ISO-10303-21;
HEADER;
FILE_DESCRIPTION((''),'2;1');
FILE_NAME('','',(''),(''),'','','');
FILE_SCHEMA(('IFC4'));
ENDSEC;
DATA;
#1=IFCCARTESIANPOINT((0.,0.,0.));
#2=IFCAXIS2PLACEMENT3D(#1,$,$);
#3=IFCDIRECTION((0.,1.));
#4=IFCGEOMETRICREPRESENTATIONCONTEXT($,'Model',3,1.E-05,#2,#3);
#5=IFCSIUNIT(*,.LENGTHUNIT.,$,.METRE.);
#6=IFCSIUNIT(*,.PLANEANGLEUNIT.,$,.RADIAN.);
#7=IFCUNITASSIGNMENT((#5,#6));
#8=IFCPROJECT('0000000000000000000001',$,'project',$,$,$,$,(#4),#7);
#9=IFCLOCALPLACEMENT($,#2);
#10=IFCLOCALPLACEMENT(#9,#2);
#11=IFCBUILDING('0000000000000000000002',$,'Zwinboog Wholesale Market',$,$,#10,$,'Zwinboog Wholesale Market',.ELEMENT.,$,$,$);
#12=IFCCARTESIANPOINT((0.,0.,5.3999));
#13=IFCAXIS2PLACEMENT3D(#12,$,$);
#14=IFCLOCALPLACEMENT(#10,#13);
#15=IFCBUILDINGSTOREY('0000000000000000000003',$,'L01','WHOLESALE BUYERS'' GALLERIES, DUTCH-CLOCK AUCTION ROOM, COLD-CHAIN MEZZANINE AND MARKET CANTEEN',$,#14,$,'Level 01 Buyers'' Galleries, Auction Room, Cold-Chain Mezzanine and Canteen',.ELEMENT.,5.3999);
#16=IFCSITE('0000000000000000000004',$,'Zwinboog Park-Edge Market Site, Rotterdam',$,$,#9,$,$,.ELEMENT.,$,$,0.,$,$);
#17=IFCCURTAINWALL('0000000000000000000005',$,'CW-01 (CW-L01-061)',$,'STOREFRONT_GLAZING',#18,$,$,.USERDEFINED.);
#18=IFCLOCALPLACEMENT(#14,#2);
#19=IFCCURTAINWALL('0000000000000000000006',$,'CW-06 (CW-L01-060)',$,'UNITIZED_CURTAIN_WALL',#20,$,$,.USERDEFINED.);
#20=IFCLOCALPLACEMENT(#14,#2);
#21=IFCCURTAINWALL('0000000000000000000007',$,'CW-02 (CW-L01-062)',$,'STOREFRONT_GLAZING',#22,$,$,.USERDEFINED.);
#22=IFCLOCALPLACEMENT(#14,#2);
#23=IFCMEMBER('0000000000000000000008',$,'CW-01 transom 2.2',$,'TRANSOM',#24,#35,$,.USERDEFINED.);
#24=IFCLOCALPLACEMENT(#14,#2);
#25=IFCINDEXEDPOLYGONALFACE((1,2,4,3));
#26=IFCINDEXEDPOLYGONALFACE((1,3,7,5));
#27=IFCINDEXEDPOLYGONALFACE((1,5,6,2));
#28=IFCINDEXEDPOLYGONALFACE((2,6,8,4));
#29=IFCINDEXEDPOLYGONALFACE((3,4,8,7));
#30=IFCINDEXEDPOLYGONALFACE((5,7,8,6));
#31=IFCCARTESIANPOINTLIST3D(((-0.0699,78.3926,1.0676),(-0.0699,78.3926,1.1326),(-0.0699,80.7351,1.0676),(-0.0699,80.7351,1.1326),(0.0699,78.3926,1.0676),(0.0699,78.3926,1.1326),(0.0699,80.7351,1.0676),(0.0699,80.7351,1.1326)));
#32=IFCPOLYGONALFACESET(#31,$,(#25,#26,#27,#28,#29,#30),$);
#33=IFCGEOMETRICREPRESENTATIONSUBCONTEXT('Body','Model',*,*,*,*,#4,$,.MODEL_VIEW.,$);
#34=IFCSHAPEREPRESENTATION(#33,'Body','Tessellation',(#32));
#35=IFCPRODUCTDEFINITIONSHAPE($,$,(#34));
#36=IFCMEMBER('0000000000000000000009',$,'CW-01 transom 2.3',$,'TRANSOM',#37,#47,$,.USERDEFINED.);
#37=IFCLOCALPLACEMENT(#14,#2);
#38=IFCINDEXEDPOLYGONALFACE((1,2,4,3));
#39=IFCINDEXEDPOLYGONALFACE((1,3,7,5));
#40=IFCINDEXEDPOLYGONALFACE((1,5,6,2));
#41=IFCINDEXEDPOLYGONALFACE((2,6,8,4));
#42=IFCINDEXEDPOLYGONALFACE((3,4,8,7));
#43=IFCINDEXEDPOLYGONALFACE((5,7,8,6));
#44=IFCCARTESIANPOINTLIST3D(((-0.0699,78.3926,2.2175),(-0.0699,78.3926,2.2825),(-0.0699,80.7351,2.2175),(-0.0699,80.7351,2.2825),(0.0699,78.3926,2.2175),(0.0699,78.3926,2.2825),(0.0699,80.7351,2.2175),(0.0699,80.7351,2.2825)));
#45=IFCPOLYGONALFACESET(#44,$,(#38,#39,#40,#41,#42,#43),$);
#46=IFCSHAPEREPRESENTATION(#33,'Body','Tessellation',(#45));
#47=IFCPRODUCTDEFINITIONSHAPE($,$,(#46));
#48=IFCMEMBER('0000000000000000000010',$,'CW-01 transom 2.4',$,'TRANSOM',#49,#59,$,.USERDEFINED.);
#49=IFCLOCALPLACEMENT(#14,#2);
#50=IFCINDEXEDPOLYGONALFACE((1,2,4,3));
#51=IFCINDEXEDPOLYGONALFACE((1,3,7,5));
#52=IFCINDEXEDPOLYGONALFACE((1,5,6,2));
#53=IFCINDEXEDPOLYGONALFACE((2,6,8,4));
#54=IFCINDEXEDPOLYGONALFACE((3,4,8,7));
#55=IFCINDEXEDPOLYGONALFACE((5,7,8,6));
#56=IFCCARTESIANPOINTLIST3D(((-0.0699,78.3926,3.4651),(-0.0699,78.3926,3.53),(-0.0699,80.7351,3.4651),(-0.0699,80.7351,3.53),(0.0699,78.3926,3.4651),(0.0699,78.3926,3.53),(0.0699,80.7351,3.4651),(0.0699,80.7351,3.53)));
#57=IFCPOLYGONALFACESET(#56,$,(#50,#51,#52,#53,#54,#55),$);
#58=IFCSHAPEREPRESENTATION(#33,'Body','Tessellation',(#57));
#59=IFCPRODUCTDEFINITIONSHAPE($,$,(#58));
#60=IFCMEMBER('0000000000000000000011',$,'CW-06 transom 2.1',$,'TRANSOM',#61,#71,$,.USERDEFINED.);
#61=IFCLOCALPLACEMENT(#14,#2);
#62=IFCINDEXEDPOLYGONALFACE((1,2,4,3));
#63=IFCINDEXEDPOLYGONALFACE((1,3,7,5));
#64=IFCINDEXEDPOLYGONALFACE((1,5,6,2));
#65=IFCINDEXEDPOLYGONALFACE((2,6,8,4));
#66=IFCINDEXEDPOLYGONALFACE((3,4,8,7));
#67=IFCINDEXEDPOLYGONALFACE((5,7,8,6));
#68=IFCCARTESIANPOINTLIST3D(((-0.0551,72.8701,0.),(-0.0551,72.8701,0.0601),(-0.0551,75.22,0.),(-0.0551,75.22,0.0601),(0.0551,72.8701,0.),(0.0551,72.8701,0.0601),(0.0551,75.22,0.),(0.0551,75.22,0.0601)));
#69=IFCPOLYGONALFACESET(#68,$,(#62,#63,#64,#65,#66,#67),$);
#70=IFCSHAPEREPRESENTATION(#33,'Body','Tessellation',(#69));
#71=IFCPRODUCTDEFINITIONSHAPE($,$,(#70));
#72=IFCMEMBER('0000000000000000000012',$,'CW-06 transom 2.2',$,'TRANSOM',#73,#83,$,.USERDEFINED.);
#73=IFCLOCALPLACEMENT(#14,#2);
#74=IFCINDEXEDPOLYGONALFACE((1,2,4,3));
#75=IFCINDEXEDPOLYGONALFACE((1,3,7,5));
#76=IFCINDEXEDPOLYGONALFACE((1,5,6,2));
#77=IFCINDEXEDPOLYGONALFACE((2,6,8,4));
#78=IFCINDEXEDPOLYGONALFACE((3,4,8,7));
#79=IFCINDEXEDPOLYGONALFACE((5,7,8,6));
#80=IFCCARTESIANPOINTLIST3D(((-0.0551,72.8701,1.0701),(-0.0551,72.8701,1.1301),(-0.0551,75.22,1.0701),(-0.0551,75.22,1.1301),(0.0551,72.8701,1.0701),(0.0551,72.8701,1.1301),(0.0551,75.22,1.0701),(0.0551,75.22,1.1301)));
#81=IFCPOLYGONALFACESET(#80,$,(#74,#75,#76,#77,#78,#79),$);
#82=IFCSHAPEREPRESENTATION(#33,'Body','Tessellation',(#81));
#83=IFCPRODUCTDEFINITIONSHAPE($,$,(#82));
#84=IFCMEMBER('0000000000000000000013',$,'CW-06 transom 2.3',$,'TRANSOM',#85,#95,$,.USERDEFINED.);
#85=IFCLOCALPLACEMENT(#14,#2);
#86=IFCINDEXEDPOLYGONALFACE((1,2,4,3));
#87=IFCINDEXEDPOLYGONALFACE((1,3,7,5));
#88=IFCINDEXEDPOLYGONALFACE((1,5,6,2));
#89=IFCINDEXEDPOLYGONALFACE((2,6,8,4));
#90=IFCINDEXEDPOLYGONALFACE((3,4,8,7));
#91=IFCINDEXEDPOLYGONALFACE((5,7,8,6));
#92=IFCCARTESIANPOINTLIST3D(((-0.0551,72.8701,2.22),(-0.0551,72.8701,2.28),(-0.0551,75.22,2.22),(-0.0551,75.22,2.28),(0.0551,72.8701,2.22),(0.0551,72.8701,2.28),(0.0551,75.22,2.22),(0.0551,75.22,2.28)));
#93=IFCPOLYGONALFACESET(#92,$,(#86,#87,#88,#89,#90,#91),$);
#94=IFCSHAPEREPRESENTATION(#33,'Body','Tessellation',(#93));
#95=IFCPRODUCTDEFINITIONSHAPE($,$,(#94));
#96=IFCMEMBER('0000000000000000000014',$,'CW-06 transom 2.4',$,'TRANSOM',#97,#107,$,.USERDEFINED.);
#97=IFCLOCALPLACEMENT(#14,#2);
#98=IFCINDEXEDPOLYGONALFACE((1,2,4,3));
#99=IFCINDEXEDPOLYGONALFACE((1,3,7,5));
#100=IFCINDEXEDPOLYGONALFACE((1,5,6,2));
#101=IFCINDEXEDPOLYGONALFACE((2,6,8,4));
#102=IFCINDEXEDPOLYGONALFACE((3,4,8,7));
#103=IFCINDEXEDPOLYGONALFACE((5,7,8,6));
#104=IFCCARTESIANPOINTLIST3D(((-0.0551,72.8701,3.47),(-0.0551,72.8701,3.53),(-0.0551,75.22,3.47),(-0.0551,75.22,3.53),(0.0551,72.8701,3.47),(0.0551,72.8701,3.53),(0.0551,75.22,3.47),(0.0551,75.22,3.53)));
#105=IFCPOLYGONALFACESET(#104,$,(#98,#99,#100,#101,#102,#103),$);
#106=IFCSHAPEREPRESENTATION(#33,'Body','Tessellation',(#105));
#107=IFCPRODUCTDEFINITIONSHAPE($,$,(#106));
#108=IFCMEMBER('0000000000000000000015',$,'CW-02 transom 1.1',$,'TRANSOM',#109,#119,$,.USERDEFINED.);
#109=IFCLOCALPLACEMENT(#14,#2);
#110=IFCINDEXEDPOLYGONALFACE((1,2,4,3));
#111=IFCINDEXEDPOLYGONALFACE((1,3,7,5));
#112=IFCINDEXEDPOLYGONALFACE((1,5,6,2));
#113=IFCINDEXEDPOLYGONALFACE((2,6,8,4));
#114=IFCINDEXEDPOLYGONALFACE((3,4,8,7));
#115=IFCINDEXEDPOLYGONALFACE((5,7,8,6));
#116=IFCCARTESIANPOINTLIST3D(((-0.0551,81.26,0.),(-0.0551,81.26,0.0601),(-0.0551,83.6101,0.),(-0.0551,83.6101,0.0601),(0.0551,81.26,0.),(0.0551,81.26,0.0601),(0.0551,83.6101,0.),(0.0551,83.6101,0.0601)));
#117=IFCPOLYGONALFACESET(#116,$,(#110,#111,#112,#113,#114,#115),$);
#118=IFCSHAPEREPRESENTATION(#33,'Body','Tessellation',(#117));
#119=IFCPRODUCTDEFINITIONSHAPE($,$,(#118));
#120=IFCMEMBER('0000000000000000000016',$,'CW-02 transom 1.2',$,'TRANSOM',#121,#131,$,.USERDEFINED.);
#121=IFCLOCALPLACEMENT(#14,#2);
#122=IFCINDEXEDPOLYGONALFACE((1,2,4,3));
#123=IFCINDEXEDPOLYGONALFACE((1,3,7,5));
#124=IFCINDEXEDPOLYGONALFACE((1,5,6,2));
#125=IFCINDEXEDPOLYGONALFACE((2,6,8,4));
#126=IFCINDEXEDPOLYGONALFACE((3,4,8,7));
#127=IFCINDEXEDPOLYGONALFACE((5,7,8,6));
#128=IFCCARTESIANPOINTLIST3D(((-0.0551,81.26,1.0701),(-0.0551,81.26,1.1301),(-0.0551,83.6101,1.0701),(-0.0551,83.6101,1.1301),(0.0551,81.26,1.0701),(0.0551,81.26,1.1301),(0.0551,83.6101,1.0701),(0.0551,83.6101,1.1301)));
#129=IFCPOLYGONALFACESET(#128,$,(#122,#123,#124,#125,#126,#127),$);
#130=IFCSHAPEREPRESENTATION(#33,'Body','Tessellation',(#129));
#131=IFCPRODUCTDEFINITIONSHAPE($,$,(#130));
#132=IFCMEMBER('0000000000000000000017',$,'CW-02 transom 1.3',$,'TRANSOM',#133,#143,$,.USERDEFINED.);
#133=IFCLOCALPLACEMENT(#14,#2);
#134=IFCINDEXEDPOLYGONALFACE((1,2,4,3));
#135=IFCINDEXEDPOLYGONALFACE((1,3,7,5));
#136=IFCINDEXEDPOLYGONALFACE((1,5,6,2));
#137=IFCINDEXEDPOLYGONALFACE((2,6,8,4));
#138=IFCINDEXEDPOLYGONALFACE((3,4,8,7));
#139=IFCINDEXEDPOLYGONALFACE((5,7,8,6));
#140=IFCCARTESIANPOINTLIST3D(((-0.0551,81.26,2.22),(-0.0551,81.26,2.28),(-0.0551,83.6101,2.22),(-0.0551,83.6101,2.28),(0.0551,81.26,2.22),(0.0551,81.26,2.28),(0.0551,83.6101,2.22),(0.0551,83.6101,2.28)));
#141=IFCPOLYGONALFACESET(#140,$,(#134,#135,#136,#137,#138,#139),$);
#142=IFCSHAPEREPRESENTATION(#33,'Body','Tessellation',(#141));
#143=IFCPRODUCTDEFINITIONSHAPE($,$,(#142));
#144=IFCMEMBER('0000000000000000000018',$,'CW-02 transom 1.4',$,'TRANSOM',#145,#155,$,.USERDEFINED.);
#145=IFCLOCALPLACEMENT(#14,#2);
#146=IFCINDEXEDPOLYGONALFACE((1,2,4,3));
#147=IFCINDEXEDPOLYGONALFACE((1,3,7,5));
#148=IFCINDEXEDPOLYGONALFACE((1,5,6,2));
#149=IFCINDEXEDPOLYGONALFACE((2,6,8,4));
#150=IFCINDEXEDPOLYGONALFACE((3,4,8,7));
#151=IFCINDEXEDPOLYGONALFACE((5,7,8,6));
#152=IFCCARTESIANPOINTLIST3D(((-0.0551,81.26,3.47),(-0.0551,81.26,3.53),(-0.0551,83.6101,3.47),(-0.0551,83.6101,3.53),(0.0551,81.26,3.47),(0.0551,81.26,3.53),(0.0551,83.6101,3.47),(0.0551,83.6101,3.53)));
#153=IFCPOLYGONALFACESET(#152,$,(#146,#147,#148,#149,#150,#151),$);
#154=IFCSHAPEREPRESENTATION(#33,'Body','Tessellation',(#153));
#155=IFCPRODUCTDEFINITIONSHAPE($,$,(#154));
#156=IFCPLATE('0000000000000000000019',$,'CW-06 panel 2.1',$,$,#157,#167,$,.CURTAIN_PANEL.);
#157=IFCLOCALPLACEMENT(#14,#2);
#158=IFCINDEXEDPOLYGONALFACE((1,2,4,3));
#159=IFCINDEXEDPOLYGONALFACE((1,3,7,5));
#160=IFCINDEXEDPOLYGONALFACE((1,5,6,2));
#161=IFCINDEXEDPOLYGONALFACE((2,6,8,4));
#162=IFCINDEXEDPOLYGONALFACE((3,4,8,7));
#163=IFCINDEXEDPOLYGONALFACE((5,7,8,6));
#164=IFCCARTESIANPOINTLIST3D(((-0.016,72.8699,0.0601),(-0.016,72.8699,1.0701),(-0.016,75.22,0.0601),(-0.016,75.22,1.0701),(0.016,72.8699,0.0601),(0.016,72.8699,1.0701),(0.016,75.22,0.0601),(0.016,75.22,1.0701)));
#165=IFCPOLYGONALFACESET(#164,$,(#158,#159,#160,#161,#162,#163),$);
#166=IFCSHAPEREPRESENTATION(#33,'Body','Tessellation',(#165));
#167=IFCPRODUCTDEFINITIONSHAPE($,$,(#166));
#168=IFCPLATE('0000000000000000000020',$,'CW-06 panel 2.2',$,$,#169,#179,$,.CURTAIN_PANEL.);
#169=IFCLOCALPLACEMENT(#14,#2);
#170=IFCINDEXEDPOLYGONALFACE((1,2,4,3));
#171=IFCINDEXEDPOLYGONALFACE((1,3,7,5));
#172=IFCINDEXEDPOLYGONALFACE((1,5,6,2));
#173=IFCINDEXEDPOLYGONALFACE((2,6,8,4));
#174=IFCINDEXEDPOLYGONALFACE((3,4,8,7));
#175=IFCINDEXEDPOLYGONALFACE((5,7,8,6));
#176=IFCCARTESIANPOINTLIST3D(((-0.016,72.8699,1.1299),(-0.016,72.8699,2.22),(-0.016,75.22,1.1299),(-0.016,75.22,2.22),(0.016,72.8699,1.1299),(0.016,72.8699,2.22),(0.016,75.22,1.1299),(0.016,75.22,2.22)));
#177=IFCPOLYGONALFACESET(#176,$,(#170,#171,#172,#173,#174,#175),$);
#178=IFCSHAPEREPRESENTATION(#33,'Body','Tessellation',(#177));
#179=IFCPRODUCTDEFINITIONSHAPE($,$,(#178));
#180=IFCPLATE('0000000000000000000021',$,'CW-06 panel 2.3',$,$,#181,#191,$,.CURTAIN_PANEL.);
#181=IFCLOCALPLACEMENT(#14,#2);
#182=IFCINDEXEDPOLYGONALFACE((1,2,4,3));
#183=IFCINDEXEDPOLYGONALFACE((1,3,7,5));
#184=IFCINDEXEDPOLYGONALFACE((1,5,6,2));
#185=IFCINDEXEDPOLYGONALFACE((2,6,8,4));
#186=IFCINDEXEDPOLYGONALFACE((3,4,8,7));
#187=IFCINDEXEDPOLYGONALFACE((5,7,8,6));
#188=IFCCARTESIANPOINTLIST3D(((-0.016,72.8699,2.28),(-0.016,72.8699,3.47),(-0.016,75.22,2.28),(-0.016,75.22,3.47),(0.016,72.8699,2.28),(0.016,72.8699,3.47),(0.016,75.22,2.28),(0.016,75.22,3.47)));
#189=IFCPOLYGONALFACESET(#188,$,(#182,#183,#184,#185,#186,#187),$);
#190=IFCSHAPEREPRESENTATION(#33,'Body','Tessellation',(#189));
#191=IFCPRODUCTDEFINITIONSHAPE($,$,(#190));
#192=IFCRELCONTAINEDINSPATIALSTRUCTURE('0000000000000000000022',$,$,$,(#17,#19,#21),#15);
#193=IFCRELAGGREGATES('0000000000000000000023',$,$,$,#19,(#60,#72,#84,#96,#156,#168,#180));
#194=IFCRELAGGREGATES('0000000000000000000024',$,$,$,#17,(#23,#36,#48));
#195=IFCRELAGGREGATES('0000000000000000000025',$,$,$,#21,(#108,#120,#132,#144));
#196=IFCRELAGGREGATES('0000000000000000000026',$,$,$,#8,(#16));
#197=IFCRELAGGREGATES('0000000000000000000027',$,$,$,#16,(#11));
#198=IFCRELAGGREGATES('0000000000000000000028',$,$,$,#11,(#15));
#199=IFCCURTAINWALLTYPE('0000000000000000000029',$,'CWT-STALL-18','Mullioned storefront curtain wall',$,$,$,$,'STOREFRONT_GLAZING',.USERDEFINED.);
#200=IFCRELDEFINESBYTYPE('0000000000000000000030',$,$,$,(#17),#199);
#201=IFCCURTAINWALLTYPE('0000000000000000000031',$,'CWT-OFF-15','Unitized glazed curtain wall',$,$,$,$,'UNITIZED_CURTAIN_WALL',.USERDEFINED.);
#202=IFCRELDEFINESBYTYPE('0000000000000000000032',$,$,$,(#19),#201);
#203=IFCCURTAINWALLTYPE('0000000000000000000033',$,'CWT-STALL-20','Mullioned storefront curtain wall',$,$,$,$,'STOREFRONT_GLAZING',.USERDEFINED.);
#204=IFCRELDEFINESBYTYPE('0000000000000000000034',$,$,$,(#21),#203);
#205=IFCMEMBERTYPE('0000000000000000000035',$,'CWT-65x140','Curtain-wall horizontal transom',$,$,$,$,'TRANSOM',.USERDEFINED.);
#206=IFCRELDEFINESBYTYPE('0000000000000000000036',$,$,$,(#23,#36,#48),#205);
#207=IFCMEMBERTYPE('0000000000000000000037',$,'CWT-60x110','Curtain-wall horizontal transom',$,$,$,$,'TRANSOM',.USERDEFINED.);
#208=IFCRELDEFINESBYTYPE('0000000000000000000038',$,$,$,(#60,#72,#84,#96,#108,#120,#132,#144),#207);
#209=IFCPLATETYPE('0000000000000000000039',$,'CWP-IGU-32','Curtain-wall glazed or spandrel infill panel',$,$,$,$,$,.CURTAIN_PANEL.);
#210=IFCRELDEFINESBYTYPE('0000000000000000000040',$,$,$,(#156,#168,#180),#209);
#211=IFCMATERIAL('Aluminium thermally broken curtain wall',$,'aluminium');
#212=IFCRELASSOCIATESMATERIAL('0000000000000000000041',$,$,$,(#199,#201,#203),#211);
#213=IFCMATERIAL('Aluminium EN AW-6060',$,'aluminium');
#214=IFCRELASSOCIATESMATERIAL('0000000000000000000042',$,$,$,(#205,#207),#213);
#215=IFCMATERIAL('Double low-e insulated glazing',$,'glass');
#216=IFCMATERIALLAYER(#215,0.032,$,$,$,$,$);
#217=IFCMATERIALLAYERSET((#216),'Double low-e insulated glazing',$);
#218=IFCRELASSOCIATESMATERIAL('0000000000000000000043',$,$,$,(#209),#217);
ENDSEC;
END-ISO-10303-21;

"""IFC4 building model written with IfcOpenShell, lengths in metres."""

from ifc_helpers import new_model, si_unit, direction, frame, origin, origin_2d, place, context, subcontext, project, spatial, rectangle, extrude, material, layer, layer_set, material_profile, profile_set, type_object, element, aggregate, save


model = new_model("IFC4")

# Units and contexts
model_context = context("Model", 3, precision=1e-05, world=origin(), true_north=direction((0.0, 1.0)))
body_context = subcontext(model_context, "Body", "Model", "MODEL_VIEW")
ifc_project = project(units=[si_unit("LENGTHUNIT", "METRE"), si_unit("PLANEANGLEUNIT", "RADIAN")], contexts=[model_context])

# Site, building, storey
site_placement = place(None, origin())
site = spatial("IfcSite", under=ifc_project, at=site_placement, Name="Zwinboog Park-Edge Market Site, Rotterdam", CompositionType="ELEMENT", RefElevation=0.0)
building_placement = place(site_placement, origin())
building = spatial("IfcBuilding", under=site, at=building_placement, Name="Zwinboog Wholesale Market", LongName="Zwinboog Wholesale Market", CompositionType="ELEMENT")
storey_placement = place(building_placement, frame((0.0, 0.0, 5.3999)))
storey = spatial("IfcBuildingStorey", under=building, at=storey_placement, Name="L01", Description="WHOLESALE BUYERS' GALLERIES, DUTCH-CLOCK AUCTION ROOM, COLD-CHAIN MEZZANINE AND MARKET CANTEEN", LongName="Level 01 Buyers' Galleries, Auction Room, Cold-Chain Mezzanine and Canteen", CompositionType="ELEMENT", Elevation=5.3999)

# Curtain walls
ifc_material_1 = material(Name="Aluminium thermally broken curtain wall", Category="aluminium")
curtain_wall_type_1 = type_object("IfcCurtainWallType", Name="CWT-STALL-18", Description="Mullioned storefront curtain wall", ElementType="STOREFRONT_GLAZING", PredefinedType="USERDEFINED", material=ifc_material_1)
curtain_wall_1_placement = place(storey_placement, origin())
curtain_wall_1 = element("IfcCurtainWall", 1, at=curtain_wall_1_placement, inside=storey, type_object=curtain_wall_type_1, Name="CW-01 (CW-L01-061)", ObjectType="STOREFRONT_GLAZING", PredefinedType="USERDEFINED")
ifc_material_2 = material(Name="Aluminium EN AW-6060", Category="aluminium")
curtain_wall_type_2 = type_object("IfcCurtainWallType", Name="CWT-OFF-15", Description="Unitized glazed curtain wall", ElementType="UNITIZED_CURTAIN_WALL", PredefinedType="USERDEFINED", material=ifc_material_1)
curtain_wall_2_placement = place(storey_placement, origin())
curtain_wall_2 = element("IfcCurtainWall", 2, at=curtain_wall_2_placement, inside=storey, type_object=curtain_wall_type_2, Name="CW-06 (CW-L01-060)", ObjectType="UNITIZED_CURTAIN_WALL", PredefinedType="USERDEFINED")

# Curtain wall
curtain_wall_type_3 = type_object("IfcCurtainWallType", Name="CWT-STALL-20", Description="Mullioned storefront curtain wall", ElementType="STOREFRONT_GLAZING", PredefinedType="USERDEFINED", material=ifc_material_1)
curtain_wall_3_placement = place(storey_placement, origin())
curtain_wall_3 = element("IfcCurtainWall", 3, at=curtain_wall_3_placement, inside=storey, type_object=curtain_wall_type_3, Name="CW-02 (CW-L01-062)", ObjectType="STOREFRONT_GLAZING", PredefinedType="USERDEFINED")

# Members
ifc_material_profile_1 = material_profile(ifc_material_2, rectangle(XDim=0.1399, YDim=0.0649, at=origin_2d()), Name="AL 65x140")
ifc_profile_set_1 = profile_set([ifc_material_profile_1], Name="Aluminium EN AW-6060")
member_type_1 = type_object("IfcMemberType", Name="CWT-65x140", Description="Curtain-wall horizontal transom", ElementType="TRANSOM", PredefinedType="USERDEFINED", material=ifc_profile_set_1)
member_1_placement = place(storey_placement, frame((0.0, 78.3926, 1.1001), z_axis=(0.0, 1.0, 0.0), x_axis=(-1.0, 0.0, 0.0)))
member_1 = element("IfcMember", 4, at=member_1_placement, type_object=member_type_1, Name="CW-01 transom 2.2", ObjectType="TRANSOM", PredefinedType="USERDEFINED", context=body_context, shape_type="SweptSolid", body=[
    extrude(rectangle(XDim=0.1399, YDim=0.0649, at=origin_2d()), origin(), (0.0, 0.0, 1.0), 2.3425),
])
member_2_placement = place(storey_placement, frame((0.0, 78.3926, 2.25), z_axis=(0.0, 1.0, 0.0), x_axis=(-1.0, 0.0, 0.0)))
member_2 = element("IfcMember", 5, at=member_2_placement, type_object=member_type_1, Name="CW-01 transom 2.3", ObjectType="TRANSOM", PredefinedType="USERDEFINED", context=body_context, shape_type="SweptSolid", body=[
    extrude(rectangle(XDim=0.1399, YDim=0.0649, at=origin_2d()), origin(), (0.0, 0.0, 1.0), 2.3425),
])
member_3_placement = place(storey_placement, frame((0.0, 78.3926, 3.4976), z_axis=(0.0, 1.0, 0.0), x_axis=(-1.0, 0.0, 0.0)))
member_3 = element("IfcMember", 6, at=member_3_placement, type_object=member_type_1, Name="CW-01 transom 2.4", ObjectType="TRANSOM", PredefinedType="USERDEFINED", context=body_context, shape_type="SweptSolid", body=[
    extrude(rectangle(XDim=0.1399, YDim=0.0649, at=origin_2d()), origin(), (0.0, 0.0, 1.0), 2.3425),
])
ifc_material_profile_2 = material_profile(ifc_material_2, rectangle(XDim=0.1101, YDim=0.0601, at=origin_2d()), Name="AL 60x110")
ifc_profile_set_2 = profile_set([ifc_material_profile_2], Name="Aluminium EN AW-6060")
member_type_2 = type_object("IfcMemberType", Name="CWT-60x110", Description="Curtain-wall horizontal transom", ElementType="TRANSOM", PredefinedType="USERDEFINED", material=ifc_profile_set_2)
member_4_placement = place(storey_placement, frame((0.0, 72.8701, 0.03), z_axis=(0.0, 1.0, 0.0), x_axis=(-1.0, 0.0, 0.0)))
member_4 = element("IfcMember", 7, at=member_4_placement, type_object=member_type_2, Name="CW-06 transom 2.1", ObjectType="TRANSOM", PredefinedType="USERDEFINED", context=body_context, shape_type="SweptSolid", body=[
    extrude(rectangle(XDim=0.1101, YDim=0.0601, at=origin_2d()), origin(), (0.0, 0.0, 1.0), 2.3499),
])
member_5_placement = place(storey_placement, frame((0.0, 72.8701, 1.1001), z_axis=(0.0, 1.0, 0.0), x_axis=(-1.0, 0.0, 0.0)))
member_5 = element("IfcMember", 8, at=member_5_placement, type_object=member_type_2, Name="CW-06 transom 2.2", ObjectType="TRANSOM", PredefinedType="USERDEFINED", context=body_context, shape_type="SweptSolid", body=[
    extrude(rectangle(XDim=0.1101, YDim=0.0601, at=origin_2d()), origin(), (0.0, 0.0, 1.0), 2.3499),
])
member_6_placement = place(storey_placement, frame((0.0, 72.8701, 2.25), z_axis=(0.0, 1.0, 0.0), x_axis=(-1.0, 0.0, 0.0)))
member_6 = element("IfcMember", 9, at=member_6_placement, type_object=member_type_2, Name="CW-06 transom 2.3", ObjectType="TRANSOM", PredefinedType="USERDEFINED", context=body_context, shape_type="SweptSolid", body=[
    extrude(rectangle(XDim=0.1101, YDim=0.0601, at=origin_2d()), origin(), (0.0, 0.0, 1.0), 2.3499),
])
member_7_placement = place(storey_placement, frame((0.0, 72.8701, 3.5), z_axis=(0.0, 1.0, 0.0), x_axis=(-1.0, 0.0, 0.0)))
member_7 = element("IfcMember", 10, at=member_7_placement, type_object=member_type_2, Name="CW-06 transom 2.4", ObjectType="TRANSOM", PredefinedType="USERDEFINED", context=body_context, shape_type="SweptSolid", body=[
    extrude(rectangle(XDim=0.1101, YDim=0.0601, at=origin_2d()), origin(), (0.0, 0.0, 1.0), 2.3499),
])
member_8_placement = place(storey_placement, frame((0.0, 81.26, 0.03), z_axis=(0.0, 1.0, 0.0), x_axis=(-1.0, 0.0, 0.0)))
member_8 = element("IfcMember", 11, at=member_8_placement, type_object=member_type_2, Name="CW-02 transom 1.1", ObjectType="TRANSOM", PredefinedType="USERDEFINED", context=body_context, shape_type="SweptSolid", body=[
    extrude(rectangle(XDim=0.1101, YDim=0.0601, at=origin_2d()), origin(), (0.0, 0.0, 1.0), 2.3501),
])
member_9_placement = place(storey_placement, frame((0.0, 81.26, 1.1001), z_axis=(0.0, 1.0, 0.0), x_axis=(-1.0, 0.0, 0.0)))
member_9 = element("IfcMember", 12, at=member_9_placement, type_object=member_type_2, Name="CW-02 transom 1.2", ObjectType="TRANSOM", PredefinedType="USERDEFINED", context=body_context, shape_type="SweptSolid", body=[
    extrude(rectangle(XDim=0.1101, YDim=0.0601, at=origin_2d()), origin(), (0.0, 0.0, 1.0), 2.3501),
])
member_10_placement = place(storey_placement, frame((0.0, 81.26, 2.25), z_axis=(0.0, 1.0, 0.0), x_axis=(-1.0, 0.0, 0.0)))
member_10 = element("IfcMember", 13, at=member_10_placement, type_object=member_type_2, Name="CW-02 transom 1.3", ObjectType="TRANSOM", PredefinedType="USERDEFINED", context=body_context, shape_type="SweptSolid", body=[
    extrude(rectangle(XDim=0.1101, YDim=0.0601, at=origin_2d()), origin(), (0.0, 0.0, 1.0), 2.3501),
])
member_11_placement = place(storey_placement, frame((0.0, 81.26, 3.5), z_axis=(0.0, 1.0, 0.0), x_axis=(-1.0, 0.0, 0.0)))
member_11 = element("IfcMember", 14, at=member_11_placement, type_object=member_type_2, Name="CW-02 transom 1.4", ObjectType="TRANSOM", PredefinedType="USERDEFINED", context=body_context, shape_type="SweptSolid", body=[
    extrude(rectangle(XDim=0.1101, YDim=0.0601, at=origin_2d()), origin(), (0.0, 0.0, 1.0), 2.3501),
])

# Plates
ifc_material_3 = material(Name="Double low-e insulated glazing", Category="glass")
ifc_layer_1 = layer(ifc_material_3, 0.032)
ifc_layer_set_1 = layer_set([ifc_layer_1], Name="Double low-e insulated glazing")
plate_type = type_object("IfcPlateType", Name="CWP-IGU-32", Description="Curtain-wall glazed or spandrel infill panel", PredefinedType="CURTAIN_PANEL", material=ifc_layer_set_1)
plate_1_placement = place(storey_placement, frame((0.0, 74.0449, 0.0601), z_axis=(0.0, 0.0, 1.0), x_axis=(0.0, 1.0, 0.0)))
plate_1 = element("IfcPlate", 15, at=plate_1_placement, type_object=plate_type, Name="CW-06 panel 2.1", PredefinedType="CURTAIN_PANEL", context=body_context, shape_type="SweptSolid", body=[
    extrude(rectangle(XDim=2.3501, YDim=0.032, at=origin_2d()), origin(), (0.0, 0.0, 1.0), 1.01),
])
plate_2_placement = place(storey_placement, frame((0.0, 74.0449, 1.1299), z_axis=(0.0, 0.0, 1.0), x_axis=(0.0, 1.0, 0.0)))
plate_2 = element("IfcPlate", 16, at=plate_2_placement, type_object=plate_type, Name="CW-06 panel 2.2", PredefinedType="CURTAIN_PANEL", context=body_context, shape_type="SweptSolid", body=[
    extrude(rectangle(XDim=2.3501, YDim=0.032, at=origin_2d()), origin(), (0.0, 0.0, 1.0), 1.0901),
])
plate_3_placement = place(storey_placement, frame((0.0, 74.0449, 2.28), z_axis=(0.0, 0.0, 1.0), x_axis=(0.0, 1.0, 0.0)))
plate_3 = element("IfcPlate", 17, at=plate_3_placement, type_object=plate_type, Name="CW-06 panel 2.3", PredefinedType="CURTAIN_PANEL", context=body_context, shape_type="SweptSolid", body=[
    extrude(rectangle(XDim=2.3501, YDim=0.032, at=origin_2d()), origin(), (0.0, 0.0, 1.0), 1.1899),
])
aggregate(curtain_wall_2, [member_4, member_5, member_6, member_7, plate_1, plate_2, plate_3])
aggregate(curtain_wall_1, [member_1, member_2, member_3])
aggregate(curtain_wall_3, [member_8, member_9, member_10, member_11])

save(model, "model.ifc")
